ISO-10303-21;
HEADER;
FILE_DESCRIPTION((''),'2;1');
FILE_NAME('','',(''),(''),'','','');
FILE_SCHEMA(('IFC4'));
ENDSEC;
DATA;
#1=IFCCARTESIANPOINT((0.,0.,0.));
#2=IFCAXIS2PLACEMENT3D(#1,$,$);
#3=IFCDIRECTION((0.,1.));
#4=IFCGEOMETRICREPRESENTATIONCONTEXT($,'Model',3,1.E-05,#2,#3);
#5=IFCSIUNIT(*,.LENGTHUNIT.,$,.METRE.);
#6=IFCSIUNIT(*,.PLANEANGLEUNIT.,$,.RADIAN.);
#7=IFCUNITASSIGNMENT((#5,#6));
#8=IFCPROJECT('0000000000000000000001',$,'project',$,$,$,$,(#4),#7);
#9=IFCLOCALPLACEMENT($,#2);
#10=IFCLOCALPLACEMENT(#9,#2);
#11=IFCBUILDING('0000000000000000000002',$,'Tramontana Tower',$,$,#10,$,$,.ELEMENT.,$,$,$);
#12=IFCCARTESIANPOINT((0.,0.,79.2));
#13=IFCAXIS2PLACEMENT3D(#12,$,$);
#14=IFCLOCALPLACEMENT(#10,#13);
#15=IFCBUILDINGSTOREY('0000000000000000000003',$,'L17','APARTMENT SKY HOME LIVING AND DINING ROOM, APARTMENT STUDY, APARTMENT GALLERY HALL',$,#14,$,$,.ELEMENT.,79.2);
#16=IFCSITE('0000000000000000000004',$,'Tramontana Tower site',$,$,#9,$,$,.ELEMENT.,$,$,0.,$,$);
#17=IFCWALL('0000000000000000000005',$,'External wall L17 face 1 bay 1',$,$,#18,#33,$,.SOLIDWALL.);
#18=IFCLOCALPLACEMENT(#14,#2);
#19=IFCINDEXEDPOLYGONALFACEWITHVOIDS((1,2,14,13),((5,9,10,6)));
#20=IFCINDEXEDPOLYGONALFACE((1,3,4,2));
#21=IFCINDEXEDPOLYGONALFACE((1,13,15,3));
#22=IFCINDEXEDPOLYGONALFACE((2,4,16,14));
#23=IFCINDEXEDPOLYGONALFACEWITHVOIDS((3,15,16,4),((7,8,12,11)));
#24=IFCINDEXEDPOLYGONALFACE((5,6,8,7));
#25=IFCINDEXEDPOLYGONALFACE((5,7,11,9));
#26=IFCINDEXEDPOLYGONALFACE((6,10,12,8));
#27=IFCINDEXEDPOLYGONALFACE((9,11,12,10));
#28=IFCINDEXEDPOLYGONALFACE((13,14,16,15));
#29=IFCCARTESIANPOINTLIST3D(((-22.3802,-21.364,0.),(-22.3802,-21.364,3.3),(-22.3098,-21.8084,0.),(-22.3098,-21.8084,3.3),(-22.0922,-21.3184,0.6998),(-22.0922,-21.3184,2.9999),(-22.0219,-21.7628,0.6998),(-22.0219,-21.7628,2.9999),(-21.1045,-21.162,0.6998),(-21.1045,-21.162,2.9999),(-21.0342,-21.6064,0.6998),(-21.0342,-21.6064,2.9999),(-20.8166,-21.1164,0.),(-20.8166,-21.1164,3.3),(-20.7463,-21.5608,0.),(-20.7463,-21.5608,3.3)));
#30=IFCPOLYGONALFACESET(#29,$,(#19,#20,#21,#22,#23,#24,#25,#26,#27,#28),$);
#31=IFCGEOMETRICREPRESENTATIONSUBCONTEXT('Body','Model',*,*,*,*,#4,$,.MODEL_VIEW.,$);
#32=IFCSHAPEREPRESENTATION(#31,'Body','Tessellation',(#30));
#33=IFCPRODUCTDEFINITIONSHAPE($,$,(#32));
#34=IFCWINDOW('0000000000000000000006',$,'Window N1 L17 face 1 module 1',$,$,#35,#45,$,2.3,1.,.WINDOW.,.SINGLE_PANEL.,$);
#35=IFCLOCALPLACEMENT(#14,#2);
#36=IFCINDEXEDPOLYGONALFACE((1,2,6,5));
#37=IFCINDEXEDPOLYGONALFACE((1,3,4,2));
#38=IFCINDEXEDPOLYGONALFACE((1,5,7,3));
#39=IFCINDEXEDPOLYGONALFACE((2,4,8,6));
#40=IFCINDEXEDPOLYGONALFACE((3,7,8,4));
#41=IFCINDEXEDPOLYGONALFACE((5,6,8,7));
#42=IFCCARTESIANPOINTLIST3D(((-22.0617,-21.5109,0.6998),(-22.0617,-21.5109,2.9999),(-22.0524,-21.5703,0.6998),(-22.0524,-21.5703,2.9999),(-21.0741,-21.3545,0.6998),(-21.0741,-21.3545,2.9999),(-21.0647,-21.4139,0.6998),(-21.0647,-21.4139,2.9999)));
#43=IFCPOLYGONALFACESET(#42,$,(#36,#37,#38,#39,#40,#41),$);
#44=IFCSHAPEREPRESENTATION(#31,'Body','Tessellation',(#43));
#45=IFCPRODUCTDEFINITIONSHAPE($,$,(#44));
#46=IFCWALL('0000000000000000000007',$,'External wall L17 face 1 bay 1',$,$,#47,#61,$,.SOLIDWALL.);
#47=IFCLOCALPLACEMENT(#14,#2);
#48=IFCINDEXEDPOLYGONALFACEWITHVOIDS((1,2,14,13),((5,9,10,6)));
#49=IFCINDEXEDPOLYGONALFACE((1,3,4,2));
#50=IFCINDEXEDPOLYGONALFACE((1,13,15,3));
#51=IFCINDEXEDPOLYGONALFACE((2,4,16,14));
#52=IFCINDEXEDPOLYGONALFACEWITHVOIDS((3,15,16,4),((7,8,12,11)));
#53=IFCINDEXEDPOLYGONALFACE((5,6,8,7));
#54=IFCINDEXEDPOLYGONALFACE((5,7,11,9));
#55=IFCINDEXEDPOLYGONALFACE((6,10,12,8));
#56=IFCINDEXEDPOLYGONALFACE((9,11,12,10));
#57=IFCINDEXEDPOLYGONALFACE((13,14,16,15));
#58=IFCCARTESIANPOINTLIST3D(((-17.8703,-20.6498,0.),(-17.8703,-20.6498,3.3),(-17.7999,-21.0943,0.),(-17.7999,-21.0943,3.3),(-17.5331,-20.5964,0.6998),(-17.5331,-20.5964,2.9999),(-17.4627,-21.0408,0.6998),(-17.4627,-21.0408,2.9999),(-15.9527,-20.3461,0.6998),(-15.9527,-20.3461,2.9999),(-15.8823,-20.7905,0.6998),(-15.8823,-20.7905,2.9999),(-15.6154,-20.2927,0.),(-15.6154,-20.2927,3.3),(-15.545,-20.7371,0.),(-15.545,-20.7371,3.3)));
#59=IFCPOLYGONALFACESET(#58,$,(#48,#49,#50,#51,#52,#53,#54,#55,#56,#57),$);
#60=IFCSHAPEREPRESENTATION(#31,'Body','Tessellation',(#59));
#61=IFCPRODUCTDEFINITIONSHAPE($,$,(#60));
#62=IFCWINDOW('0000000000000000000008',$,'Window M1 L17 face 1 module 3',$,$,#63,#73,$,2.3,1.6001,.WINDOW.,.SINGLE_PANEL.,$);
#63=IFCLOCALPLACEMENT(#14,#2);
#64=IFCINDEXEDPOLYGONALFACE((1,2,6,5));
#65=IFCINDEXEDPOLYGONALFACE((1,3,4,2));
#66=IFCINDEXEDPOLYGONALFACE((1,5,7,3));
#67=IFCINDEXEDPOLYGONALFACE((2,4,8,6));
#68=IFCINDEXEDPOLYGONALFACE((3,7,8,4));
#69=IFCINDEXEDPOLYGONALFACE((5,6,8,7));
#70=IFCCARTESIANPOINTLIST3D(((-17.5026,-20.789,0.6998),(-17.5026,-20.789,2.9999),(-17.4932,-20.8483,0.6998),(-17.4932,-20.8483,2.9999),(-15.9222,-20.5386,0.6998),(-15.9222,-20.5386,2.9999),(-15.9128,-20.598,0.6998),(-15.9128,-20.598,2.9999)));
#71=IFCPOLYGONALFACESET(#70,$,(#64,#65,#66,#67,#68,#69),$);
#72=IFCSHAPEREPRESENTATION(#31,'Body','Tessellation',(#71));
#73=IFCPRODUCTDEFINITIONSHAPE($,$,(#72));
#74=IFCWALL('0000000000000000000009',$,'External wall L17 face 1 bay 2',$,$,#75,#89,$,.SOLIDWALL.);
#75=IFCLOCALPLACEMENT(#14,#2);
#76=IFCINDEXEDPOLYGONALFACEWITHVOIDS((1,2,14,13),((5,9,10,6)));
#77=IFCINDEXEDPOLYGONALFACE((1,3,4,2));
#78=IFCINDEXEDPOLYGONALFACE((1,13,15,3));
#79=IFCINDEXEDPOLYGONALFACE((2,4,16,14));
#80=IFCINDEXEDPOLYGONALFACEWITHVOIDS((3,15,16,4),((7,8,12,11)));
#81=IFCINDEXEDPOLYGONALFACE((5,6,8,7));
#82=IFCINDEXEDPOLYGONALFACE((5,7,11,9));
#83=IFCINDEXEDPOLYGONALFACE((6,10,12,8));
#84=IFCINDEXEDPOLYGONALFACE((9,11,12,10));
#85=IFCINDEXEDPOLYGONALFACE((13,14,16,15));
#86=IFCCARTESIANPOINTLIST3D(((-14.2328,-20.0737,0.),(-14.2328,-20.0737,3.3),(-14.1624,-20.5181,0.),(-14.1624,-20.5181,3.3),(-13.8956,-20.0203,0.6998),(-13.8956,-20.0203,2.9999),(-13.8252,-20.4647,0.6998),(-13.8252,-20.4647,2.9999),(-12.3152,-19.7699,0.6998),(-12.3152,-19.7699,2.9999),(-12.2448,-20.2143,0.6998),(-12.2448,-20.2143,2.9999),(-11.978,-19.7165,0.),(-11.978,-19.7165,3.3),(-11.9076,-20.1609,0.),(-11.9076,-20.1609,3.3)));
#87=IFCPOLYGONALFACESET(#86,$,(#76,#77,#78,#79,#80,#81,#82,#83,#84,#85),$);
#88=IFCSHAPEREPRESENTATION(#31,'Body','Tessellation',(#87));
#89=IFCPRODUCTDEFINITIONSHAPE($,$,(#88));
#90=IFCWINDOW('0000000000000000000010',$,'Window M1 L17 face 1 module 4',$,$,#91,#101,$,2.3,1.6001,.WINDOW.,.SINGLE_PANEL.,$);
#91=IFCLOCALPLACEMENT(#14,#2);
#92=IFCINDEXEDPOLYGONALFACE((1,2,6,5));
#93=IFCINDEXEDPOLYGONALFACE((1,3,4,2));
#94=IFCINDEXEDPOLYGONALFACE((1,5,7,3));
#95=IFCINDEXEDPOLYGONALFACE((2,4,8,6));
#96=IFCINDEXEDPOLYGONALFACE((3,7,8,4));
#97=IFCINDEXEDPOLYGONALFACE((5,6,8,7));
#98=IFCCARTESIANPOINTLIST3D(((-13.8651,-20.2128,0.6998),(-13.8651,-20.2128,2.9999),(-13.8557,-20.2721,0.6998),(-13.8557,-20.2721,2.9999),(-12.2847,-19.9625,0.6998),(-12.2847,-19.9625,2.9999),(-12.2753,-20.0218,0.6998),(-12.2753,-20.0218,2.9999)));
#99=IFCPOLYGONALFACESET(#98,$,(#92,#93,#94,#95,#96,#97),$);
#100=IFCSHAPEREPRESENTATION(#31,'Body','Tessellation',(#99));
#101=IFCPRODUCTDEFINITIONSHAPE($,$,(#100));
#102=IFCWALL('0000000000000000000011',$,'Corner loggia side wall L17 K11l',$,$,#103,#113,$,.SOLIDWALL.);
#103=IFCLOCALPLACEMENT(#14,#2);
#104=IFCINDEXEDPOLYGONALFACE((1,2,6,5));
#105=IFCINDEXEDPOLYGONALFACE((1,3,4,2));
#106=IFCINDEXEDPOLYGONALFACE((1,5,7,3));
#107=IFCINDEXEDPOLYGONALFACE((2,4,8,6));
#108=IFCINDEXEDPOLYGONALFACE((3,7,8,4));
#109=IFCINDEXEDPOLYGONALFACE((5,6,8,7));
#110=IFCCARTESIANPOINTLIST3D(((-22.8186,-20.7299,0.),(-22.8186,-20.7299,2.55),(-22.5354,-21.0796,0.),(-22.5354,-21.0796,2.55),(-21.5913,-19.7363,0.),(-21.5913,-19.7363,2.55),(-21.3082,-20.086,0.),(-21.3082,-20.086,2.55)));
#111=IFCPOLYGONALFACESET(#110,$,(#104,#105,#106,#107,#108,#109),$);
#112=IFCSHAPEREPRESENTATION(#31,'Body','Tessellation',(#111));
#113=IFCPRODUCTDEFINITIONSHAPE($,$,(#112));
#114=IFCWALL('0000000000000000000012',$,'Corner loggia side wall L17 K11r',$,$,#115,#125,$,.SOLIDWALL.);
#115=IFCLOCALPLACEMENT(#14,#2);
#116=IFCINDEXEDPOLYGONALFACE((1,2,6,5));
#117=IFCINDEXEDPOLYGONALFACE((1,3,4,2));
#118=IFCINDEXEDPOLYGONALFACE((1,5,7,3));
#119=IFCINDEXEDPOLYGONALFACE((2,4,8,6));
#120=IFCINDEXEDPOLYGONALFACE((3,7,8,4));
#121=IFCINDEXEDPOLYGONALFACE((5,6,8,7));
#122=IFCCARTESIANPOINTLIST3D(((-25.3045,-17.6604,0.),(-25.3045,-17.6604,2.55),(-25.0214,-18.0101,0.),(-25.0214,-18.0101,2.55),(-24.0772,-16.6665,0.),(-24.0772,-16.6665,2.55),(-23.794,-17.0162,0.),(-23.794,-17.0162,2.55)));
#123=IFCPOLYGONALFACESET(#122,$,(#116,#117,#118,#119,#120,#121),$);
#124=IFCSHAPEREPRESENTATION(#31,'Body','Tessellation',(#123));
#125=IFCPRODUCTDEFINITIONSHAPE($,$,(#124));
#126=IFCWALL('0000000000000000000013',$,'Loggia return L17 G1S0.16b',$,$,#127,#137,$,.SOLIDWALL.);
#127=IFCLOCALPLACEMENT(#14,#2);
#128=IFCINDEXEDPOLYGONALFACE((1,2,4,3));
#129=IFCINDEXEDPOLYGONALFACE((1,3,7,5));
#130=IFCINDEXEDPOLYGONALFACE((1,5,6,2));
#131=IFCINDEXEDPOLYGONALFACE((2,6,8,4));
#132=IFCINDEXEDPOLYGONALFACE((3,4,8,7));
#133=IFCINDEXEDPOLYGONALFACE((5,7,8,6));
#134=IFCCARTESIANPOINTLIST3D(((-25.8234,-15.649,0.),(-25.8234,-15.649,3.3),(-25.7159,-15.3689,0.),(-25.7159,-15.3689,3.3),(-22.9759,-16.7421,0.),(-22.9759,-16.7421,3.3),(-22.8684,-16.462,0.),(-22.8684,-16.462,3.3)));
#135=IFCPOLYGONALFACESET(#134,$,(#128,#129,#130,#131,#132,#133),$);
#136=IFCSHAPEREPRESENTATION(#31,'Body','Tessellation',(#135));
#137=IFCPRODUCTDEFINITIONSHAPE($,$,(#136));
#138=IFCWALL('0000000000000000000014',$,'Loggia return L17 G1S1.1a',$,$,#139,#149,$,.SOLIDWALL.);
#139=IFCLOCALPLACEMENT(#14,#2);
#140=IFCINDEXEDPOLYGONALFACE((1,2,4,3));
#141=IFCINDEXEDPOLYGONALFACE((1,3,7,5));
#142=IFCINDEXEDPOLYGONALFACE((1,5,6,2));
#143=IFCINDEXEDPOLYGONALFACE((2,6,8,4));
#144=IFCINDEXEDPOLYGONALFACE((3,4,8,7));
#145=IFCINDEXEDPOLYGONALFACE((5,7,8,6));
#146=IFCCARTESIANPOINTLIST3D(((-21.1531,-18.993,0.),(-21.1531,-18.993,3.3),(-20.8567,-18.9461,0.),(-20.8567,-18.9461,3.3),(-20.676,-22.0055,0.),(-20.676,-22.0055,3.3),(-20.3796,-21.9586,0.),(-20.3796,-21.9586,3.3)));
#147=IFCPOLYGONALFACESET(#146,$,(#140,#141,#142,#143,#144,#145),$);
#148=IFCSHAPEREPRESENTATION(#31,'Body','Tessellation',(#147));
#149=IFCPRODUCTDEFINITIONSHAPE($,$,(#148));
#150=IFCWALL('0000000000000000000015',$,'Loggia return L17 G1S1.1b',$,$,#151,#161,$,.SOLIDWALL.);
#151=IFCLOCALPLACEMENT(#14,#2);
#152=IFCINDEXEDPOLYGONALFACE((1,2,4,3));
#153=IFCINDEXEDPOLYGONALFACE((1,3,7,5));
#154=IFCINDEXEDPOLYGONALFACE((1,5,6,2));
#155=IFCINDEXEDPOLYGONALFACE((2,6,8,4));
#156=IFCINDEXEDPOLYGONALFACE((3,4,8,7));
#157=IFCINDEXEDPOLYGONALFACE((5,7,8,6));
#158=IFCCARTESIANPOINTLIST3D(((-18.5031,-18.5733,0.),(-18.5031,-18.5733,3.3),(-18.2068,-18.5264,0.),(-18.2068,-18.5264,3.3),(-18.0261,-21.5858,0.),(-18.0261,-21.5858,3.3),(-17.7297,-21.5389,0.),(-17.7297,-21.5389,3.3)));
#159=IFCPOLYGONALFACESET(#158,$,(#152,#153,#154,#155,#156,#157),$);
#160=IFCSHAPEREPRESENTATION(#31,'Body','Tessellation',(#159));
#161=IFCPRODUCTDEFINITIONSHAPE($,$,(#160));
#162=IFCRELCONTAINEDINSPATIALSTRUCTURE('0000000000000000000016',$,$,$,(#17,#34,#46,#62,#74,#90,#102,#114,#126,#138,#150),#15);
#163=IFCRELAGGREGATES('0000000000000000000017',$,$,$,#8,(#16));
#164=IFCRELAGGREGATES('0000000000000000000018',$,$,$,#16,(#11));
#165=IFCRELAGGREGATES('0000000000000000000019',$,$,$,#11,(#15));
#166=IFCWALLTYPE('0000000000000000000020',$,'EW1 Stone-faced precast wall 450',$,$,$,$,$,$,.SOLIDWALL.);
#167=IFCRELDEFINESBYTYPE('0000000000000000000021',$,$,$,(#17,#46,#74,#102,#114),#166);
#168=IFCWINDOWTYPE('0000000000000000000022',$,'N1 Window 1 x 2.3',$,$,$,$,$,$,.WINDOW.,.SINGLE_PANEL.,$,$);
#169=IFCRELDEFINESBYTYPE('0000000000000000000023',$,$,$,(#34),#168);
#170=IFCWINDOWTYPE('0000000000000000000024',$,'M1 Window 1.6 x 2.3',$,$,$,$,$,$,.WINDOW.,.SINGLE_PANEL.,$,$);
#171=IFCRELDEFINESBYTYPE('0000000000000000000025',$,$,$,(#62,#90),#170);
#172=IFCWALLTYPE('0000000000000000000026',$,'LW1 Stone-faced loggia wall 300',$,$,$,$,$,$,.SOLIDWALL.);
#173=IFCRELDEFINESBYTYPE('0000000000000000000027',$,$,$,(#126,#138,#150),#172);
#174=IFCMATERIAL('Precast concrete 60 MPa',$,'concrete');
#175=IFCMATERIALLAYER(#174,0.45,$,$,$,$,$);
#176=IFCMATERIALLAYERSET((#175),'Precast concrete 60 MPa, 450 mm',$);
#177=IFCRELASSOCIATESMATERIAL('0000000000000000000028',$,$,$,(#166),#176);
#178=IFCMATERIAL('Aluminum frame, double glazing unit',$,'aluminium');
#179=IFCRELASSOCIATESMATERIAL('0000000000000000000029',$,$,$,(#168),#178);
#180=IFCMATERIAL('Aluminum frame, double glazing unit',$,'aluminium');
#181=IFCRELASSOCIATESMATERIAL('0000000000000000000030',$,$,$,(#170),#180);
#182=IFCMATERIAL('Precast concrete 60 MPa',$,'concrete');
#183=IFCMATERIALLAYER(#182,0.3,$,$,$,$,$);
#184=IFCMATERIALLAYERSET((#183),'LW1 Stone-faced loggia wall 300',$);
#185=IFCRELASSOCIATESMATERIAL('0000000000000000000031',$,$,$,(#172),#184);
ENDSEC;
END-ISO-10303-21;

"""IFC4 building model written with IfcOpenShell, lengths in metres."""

from ifc_helpers import new_model, si_unit, direction, frame, frame_2d, origin, place, context, subcontext, project, spatial, rectangle, extrude, material, layer, layer_set, type_object, element, fill, save


model = new_model("IFC4")

# Units and contexts
model_context = context("Model", 3, precision=1e-05, world=origin(), true_north=direction((0.0, 1.0)))
body_context = subcontext(model_context, "Body", "Model", "MODEL_VIEW")
ifc_project = project(units=[si_unit("LENGTHUNIT", "METRE"), si_unit("PLANEANGLEUNIT", "RADIAN")], contexts=[model_context])

# Site, building, storey
site_placement = place(None, origin())
site = spatial("IfcSite", under=ifc_project, at=site_placement, Name="Tramontana Tower site", CompositionType="ELEMENT", RefElevation=0.0)
building_placement = place(site_placement, origin())
building = spatial("IfcBuilding", under=site, at=building_placement, Name="Tramontana Tower", CompositionType="ELEMENT")
storey_placement = place(building_placement, frame((0.0, 0.0, 79.2)))
storey = spatial("IfcBuildingStorey", under=building, at=storey_placement, Name="L17", Description="APARTMENT SKY HOME LIVING AND DINING ROOM, APARTMENT STUDY, APARTMENT GALLERY HALL", CompositionType="ELEMENT", Elevation=79.2)

# Walls, openings, windows
ifc_material_1 = material(Name="Precast concrete 60 MPa", Category="concrete")
ifc_layer_1 = layer(ifc_material_1, 0.45)
ifc_layer_set_1 = layer_set([ifc_layer_1], Name="Precast concrete 60 MPa, 450 mm")
wall_type_1 = type_object("IfcWallType", Name="EW1 Stone-faced precast wall 450", PredefinedType="SOLIDWALL", material=ifc_layer_set_1)
ifc_material_2 = material(Name="Aluminum frame, double glazing unit", Category="aluminium")
window_type_1 = type_object("IfcWindowType", Name="N1 Window 1 x 2.3", PartitioningType="SINGLE_PANEL", PredefinedType="WINDOW", material=ifc_material_2)
wall_1_placement = place(storey_placement, frame((-22.345, -21.5862, 0.0), z_axis=(0.0, 0.0, 1.0), x_axis=(0.987695, 0.15639, 0.0)))
wall_1 = element("IfcWall", 1, at=wall_1_placement, inside=storey, type_object=wall_type_1, Name="External wall L17 face 1 bay 1", PredefinedType="SOLIDWALL", context=body_context, shape_type="SweptSolid", body=[
    extrude(rectangle(XDim=1.583, YDim=0.45, at=frame_2d((0.7915, 0.0))), origin(), (0.0, 0.0, 1.0), 3.3),
])
opening_1_placement = place(wall_1_placement, frame((0.2915, 0.0, 0.7)))
opening_1 = element("IfcOpeningElement", 2, at=opening_1_placement, cuts=wall_1, PredefinedType="OPENING", context=body_context, shape_type="SweptSolid", body=[
    extrude(rectangle(XDim=1.0, YDim=2.3, at=frame_2d((0.5, 1.1499))), frame((0.0, 0.2349, 0.0), z_axis=(0.0, -1.0, 0.0), x_axis=(1.0, 0.0, 0.0)), (0.0, 0.0, 1.0), 0.47),
])
window_1_placement = place(opening_1_placement, origin())
window_1 = element("IfcWindow", 3, at=window_1_placement, inside=storey, type_object=window_type_1, Name="Window N1 L17 face 1 module 1", OverallHeight=2.3, OverallWidth=1.0, PartitioningType="SINGLE_PANEL", PredefinedType="WINDOW", context=body_context, shape_type="SweptSolid", body=[
    extrude(rectangle(XDim=1.0, YDim=2.3, at=frame_2d((0.5, 1.1499))), frame((0.0, 0.03, 0.0), z_axis=(0.0, -1.0, 0.0), x_axis=(1.0, 0.0, 0.0)), (0.0, 0.0, 1.0), 0.0601),
])
fill(opening_1, window_1)
wall_2_placement = place(storey_placement, frame((-17.8352, -20.8721, 0.0), z_axis=(0.0, 0.0, 1.0), x_axis=(0.987686, 0.156451, 0.0)))
wall_2 = element("IfcWall", 4, at=wall_2_placement, inside=storey, type_object=wall_type_1, Name="External wall L17 face 1 bay 1", PredefinedType="SOLIDWALL", context=body_context, shape_type="SweptSolid", body=[
    extrude(rectangle(XDim=2.283, YDim=0.45, at=frame_2d((1.1416, 0.0))), origin(), (0.0, 0.0, 1.0), 3.3),
])
opening_2_placement = place(wall_2_placement, frame((0.3416, 0.0, 0.7)))
opening_2 = element("IfcOpeningElement", 5, at=opening_2_placement, cuts=wall_2, PredefinedType="OPENING", context=body_context, shape_type="SweptSolid", body=[
    extrude(rectangle(XDim=1.6001, YDim=2.3, at=frame_2d((0.8, 1.1499))), frame((0.0, 0.2349, 0.0), z_axis=(0.0, -1.0, 0.0), x_axis=(1.0, 0.0, 0.0)), (0.0, 0.0, 1.0), 0.47),
])
ifc_material_3 = material(Name="Aluminum frame, double glazing unit", Category="aluminium")
window_type_2 = type_object("IfcWindowType", Name="M1 Window 1.6 x 2.3", PartitioningType="SINGLE_PANEL", PredefinedType="WINDOW", material=ifc_material_3)
window_2_placement = place(opening_2_placement, origin())
window_2 = element("IfcWindow", 6, at=window_2_placement, inside=storey, type_object=window_type_2, Name="Window M1 L17 face 1 module 3", OverallHeight=2.3, OverallWidth=1.6001, PartitioningType="SINGLE_PANEL", PredefinedType="WINDOW", context=body_context, shape_type="SweptSolid", body=[
    extrude(rectangle(XDim=1.6001, YDim=2.3, at=frame_2d((0.8, 1.1499))), frame((0.0, 0.03, 0.0), z_axis=(0.0, -1.0, 0.0), x_axis=(1.0, 0.0, 0.0)), (0.0, 0.0, 1.0), 0.0601),
])
fill(opening_2, window_2)
wall_3_placement = place(storey_placement, frame((-14.1978, -20.2959, 0.0), z_axis=(0.0, 0.0, 1.0), x_axis=(0.987686, 0.156451, 0.0)))
wall_3 = element("IfcWall", 7, at=wall_3_placement, inside=storey, type_object=wall_type_1, Name="External wall L17 face 1 bay 2", PredefinedType="SOLIDWALL", context=body_context, shape_type="SweptSolid", body=[
    extrude(rectangle(XDim=2.283, YDim=0.45, at=frame_2d((1.1416, 0.0))), origin(), (0.0, 0.0, 1.0), 3.3),
])
opening_3_placement = place(wall_3_placement, frame((0.3416, 0.0, 0.7)))
opening_3 = element("IfcOpeningElement", 8, at=opening_3_placement, cuts=wall_3, PredefinedType="OPENING", context=body_context, shape_type="SweptSolid", body=[
    extrude(rectangle(XDim=1.6001, YDim=2.3, at=frame_2d((0.8, 1.1499))), frame((0.0, 0.2349, 0.0), z_axis=(0.0, -1.0, 0.0), x_axis=(1.0, 0.0, 0.0)), (0.0, 0.0, 1.0), 0.47),
])
window_3_placement = place(opening_3_placement, origin())
window_3 = element("IfcWindow", 9, at=window_3_placement, inside=storey, type_object=window_type_2, Name="Window M1 L17 face 1 module 4", OverallHeight=2.3, OverallWidth=1.6001, PartitioningType="SINGLE_PANEL", PredefinedType="WINDOW", context=body_context, shape_type="SweptSolid", body=[
    extrude(rectangle(XDim=1.6001, YDim=2.3, at=frame_2d((0.8, 1.1499))), frame((0.0, 0.03, 0.0), z_axis=(0.0, -1.0, 0.0), x_axis=(1.0, 0.0, 0.0)), (0.0, 0.0, 1.0), 0.0601),
])
fill(opening_3, window_3)

# Walls
wall_4_placement = place(storey_placement, frame((-22.677, -20.9048, 0.0), z_axis=(0.0, 0.0, 1.0), x_axis=(0.777205, 0.629247, 0.0)))
element("IfcWall", 10, at=wall_4_placement, inside=storey, type_object=wall_type_1, Name="Corner loggia side wall L17 K11l", PredefinedType="SOLIDWALL", context=body_context, shape_type="SweptSolid", body=[
    extrude(rectangle(XDim=1.5791, YDim=0.45, at=frame_2d((0.7896, 0.0))), origin(), (0.0, 0.0, 1.0), 2.55),
])
wall_5_placement = place(storey_placement, frame((-25.1628, -17.8352, 0.0), z_axis=(0.0, 0.0, 1.0), x_axis=(0.77713, 0.629341, 0.0)))
element("IfcWall", 11, at=wall_5_placement, inside=storey, type_object=wall_type_1, Name="Corner loggia side wall L17 K11r", PredefinedType="SOLIDWALL", context=body_context, shape_type="SweptSolid", body=[
    extrude(rectangle(XDim=1.5793, YDim=0.45, at=frame_2d((0.7896, 0.0))), origin(), (0.0, 0.0, 1.0), 2.55),
])

# Wall
ifc_material_4 = material(Name="Precast concrete 60 MPa", Category="concrete")
ifc_layer_2 = layer(ifc_material_4, 0.3)
ifc_layer_set_2 = layer_set([ifc_layer_2], Name="LW1 Stone-faced loggia wall 300")
wall_type_2 = type_object("IfcWallType", Name="LW1 Stone-faced loggia wall 300", PredefinedType="SOLIDWALL", material=ifc_layer_set_2)
wall_6_placement = place(storey_placement, frame((-25.7695, -15.509, 0.0), z_axis=(0.0, 0.0, 1.0), x_axis=(0.933581, -0.358368, 0.0)))
element("IfcWall", 12, at=wall_6_placement, inside=storey, type_object=wall_type_2, Name="Loggia return L17 G1S0.16b", PredefinedType="SOLIDWALL", context=body_context, shape_type="SweptSolid", body=[
    extrude(rectangle(XDim=3.05, YDim=0.3, at=frame_2d((1.5249, 0.0))), origin(), (0.0, 0.0, 1.0), 3.3),
])

# Walls
for number, where, z_axis, x_axis, name in (
    (13, (-20.5278, -21.9819, 0.0), (0.0, 0.0, 1.0), (-0.156411, 0.987692, 0.0), "Loggia return L17 G1S1.1a"),
    (14, (-17.8779, -21.5623, 0.0), (0.0, 0.0, 1.0), (-0.156411, 0.987692, 0.0), "Loggia return L17 G1S1.1b"),
):
    element("IfcWall", number, at=place(storey_placement, frame(where, z_axis=z_axis, x_axis=x_axis)), inside=storey, type_object=wall_type_2, Name=name, PredefinedType="SOLIDWALL", context=body_context, shape_type="SweptSolid", body=[
        extrude(rectangle(XDim=3.05, YDim=0.3, at=frame_2d((1.5249, 0.0))), origin(), (0.0, 0.0, 1.0), 3.3),
    ])

save(model, "model.ifc")
